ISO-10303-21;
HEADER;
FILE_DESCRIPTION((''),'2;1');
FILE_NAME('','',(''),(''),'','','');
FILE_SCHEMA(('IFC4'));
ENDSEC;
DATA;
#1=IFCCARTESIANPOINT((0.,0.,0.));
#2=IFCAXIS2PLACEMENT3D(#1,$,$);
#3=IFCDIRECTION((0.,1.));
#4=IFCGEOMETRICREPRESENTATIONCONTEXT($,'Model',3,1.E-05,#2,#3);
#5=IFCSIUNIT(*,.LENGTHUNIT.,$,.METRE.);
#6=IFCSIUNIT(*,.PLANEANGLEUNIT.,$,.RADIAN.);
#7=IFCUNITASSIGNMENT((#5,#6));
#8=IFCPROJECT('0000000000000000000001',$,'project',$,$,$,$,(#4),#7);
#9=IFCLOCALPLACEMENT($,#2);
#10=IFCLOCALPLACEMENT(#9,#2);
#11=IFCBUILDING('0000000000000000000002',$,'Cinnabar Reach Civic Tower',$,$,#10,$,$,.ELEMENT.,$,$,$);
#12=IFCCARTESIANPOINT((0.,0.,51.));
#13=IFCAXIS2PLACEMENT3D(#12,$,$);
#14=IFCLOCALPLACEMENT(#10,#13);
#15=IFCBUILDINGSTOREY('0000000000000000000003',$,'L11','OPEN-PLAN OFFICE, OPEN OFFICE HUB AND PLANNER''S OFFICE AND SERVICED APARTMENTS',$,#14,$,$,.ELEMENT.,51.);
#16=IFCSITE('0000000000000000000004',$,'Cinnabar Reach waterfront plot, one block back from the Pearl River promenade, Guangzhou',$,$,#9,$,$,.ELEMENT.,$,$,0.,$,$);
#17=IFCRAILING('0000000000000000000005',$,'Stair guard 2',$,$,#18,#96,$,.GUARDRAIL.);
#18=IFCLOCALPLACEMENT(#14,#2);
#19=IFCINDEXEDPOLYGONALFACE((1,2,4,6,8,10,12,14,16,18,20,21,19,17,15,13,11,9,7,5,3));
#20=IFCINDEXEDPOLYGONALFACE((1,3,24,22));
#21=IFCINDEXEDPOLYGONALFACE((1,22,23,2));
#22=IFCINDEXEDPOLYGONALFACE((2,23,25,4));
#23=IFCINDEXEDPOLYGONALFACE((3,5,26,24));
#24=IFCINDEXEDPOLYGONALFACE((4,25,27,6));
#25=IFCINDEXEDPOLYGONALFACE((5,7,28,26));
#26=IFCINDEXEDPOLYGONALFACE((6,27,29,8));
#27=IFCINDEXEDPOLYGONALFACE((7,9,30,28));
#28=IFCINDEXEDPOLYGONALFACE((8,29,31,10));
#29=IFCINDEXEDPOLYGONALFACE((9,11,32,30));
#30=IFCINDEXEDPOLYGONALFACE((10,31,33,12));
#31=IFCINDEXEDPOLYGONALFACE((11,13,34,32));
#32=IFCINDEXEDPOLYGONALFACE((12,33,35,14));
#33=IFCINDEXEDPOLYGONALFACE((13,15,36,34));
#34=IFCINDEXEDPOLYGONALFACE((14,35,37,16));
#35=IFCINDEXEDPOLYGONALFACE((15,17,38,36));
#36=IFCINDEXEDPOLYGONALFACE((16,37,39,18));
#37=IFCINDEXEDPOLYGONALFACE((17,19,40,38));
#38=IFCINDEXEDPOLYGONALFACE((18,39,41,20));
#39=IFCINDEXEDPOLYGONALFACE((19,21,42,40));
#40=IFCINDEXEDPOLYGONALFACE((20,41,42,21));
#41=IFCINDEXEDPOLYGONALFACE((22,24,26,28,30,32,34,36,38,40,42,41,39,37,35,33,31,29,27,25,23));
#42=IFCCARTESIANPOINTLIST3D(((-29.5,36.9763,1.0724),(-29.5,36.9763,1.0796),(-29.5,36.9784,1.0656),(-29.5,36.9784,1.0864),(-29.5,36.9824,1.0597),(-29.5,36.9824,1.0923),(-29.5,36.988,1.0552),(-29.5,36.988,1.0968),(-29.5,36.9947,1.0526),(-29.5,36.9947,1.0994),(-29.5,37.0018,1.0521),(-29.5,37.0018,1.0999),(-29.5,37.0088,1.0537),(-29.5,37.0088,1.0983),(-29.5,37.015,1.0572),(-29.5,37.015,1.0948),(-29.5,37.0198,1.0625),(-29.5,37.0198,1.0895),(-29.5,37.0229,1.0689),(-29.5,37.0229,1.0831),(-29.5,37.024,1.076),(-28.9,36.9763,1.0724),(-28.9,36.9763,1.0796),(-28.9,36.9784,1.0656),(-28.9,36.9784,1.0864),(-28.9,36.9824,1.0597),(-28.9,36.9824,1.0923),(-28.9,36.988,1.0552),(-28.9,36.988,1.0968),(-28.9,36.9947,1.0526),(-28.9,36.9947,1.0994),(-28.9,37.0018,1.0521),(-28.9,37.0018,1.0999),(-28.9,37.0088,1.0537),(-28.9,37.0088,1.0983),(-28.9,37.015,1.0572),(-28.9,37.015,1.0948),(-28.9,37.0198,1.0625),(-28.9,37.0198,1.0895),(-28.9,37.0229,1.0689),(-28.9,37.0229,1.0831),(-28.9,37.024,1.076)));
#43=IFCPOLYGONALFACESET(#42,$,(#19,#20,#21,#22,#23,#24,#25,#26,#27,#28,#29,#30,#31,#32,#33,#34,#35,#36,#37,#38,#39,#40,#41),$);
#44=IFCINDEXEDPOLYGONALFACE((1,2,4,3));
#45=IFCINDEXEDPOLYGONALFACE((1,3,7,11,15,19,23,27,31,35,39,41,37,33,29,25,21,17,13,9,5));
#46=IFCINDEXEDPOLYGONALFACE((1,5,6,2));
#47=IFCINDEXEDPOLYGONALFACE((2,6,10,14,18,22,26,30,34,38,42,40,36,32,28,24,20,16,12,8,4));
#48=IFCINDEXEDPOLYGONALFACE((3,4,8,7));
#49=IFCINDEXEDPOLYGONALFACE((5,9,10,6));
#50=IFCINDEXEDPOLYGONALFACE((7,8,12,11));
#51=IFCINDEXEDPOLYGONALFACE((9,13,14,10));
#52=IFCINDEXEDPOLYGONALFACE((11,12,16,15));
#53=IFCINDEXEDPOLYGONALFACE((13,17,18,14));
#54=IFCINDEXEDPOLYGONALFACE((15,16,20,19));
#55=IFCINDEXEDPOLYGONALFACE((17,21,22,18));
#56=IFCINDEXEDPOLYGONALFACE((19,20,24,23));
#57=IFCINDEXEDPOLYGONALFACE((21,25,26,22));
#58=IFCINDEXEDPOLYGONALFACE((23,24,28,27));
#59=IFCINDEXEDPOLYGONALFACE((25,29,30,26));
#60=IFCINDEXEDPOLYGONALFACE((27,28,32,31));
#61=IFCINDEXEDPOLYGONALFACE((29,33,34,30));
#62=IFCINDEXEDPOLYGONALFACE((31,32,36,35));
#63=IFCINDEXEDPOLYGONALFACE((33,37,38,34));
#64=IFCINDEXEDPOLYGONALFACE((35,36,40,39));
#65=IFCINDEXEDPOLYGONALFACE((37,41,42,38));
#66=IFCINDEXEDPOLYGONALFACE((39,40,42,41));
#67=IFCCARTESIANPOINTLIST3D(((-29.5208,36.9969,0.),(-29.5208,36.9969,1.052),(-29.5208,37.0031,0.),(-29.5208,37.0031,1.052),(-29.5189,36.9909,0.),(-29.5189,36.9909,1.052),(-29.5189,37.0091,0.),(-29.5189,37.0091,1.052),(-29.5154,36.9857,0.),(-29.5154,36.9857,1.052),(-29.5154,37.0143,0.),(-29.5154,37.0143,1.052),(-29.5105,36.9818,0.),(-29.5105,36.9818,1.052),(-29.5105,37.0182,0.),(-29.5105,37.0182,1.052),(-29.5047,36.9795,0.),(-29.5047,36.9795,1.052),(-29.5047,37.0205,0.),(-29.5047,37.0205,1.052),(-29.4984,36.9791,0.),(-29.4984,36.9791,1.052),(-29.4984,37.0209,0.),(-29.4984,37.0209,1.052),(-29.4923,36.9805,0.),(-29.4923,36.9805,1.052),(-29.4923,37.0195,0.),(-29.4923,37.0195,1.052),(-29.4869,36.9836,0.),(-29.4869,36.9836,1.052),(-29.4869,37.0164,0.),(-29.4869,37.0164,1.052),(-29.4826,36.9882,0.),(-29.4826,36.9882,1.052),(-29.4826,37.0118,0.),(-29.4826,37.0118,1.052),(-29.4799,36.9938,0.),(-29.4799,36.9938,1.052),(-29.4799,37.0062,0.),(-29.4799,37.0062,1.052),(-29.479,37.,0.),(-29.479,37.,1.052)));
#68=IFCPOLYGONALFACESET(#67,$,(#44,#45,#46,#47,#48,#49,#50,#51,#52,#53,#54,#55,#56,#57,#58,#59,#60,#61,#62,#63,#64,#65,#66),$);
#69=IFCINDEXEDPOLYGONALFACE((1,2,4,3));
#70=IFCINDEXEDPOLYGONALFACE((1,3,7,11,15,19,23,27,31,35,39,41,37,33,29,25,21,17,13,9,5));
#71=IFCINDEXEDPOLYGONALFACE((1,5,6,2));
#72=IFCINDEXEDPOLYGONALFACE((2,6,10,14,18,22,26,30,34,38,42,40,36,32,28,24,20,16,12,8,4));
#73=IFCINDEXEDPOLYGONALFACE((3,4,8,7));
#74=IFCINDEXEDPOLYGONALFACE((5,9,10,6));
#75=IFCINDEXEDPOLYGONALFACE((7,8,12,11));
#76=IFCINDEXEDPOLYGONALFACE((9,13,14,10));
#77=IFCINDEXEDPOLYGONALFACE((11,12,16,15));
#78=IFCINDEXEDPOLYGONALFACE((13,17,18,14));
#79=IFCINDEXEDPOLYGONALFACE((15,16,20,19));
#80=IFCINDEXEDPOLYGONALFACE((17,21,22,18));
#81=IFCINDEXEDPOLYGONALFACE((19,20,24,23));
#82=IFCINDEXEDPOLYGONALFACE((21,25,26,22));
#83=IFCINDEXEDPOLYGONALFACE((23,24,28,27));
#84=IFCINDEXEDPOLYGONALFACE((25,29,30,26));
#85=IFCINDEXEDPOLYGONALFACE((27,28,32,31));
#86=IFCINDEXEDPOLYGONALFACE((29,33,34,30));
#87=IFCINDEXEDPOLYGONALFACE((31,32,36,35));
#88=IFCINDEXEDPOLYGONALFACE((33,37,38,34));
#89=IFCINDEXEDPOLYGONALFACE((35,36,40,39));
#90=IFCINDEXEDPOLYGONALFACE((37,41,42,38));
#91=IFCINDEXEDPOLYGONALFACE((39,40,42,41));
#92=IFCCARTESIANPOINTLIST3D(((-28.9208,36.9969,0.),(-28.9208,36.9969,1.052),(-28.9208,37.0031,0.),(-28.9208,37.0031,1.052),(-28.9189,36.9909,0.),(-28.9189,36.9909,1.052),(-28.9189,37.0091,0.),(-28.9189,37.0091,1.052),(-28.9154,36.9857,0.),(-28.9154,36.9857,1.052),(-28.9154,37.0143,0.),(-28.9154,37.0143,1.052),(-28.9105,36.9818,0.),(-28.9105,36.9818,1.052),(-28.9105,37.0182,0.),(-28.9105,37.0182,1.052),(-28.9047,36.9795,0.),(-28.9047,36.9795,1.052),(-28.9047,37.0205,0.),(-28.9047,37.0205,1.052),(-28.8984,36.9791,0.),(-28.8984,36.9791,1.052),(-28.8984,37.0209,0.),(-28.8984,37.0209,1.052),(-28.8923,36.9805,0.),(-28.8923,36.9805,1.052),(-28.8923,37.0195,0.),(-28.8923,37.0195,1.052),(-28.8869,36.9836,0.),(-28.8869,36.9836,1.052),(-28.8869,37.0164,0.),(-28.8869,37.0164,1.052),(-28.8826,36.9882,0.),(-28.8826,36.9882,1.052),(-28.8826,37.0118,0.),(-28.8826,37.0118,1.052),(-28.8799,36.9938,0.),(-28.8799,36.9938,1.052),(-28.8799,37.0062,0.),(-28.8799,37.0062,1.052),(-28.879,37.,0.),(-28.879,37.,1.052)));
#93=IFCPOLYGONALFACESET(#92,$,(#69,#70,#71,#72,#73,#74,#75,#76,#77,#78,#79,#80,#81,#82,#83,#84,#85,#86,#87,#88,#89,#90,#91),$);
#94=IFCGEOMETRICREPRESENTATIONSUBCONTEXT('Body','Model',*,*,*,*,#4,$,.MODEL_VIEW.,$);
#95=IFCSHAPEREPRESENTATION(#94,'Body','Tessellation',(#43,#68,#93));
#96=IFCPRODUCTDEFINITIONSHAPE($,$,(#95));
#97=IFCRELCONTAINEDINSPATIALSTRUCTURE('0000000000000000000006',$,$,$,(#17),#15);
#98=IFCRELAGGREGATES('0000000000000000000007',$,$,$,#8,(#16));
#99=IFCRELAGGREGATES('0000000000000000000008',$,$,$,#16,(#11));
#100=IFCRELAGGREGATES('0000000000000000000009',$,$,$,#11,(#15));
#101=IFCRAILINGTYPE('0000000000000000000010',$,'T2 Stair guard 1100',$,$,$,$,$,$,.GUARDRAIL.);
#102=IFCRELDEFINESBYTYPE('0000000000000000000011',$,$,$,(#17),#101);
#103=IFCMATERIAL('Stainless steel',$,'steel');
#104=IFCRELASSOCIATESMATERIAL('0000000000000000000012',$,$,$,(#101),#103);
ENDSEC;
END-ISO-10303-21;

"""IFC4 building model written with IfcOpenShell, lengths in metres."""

from ifc_helpers import new_model, si_unit, direction, frame, origin, origin_2d, place, context, subcontext, project, spatial, circle, extrude, material, type_object, element, save


model = new_model("IFC4")

# Units and contexts
model_context = context("Model", 3, precision=1e-05, world=origin(), true_north=direction((0.0, 1.0)))
body_context = subcontext(model_context, "Body", "Model", "MODEL_VIEW")
ifc_project = project(units=[si_unit("LENGTHUNIT", "METRE"), si_unit("PLANEANGLEUNIT", "RADIAN")], contexts=[model_context])

# Site, building, storey
site_placement = place(None, origin())
site = spatial("IfcSite", under=ifc_project, at=site_placement, Name="Cinnabar Reach waterfront plot, one block back from the Pearl River promenade, Guangzhou", CompositionType="ELEMENT", RefElevation=0.0)
building_placement = place(site_placement, origin())
building = spatial("IfcBuilding", under=site, at=building_placement, Name="Cinnabar Reach Civic Tower", CompositionType="ELEMENT")
storey_placement = place(building_placement, frame((0.0, 0.0, 51.0)))
storey = spatial("IfcBuildingStorey", under=building, at=storey_placement, Name="L11", Description="OPEN-PLAN OFFICE, OPEN OFFICE HUB AND PLANNER'S OFFICE AND SERVICED APARTMENTS", CompositionType="ELEMENT", Elevation=51.0)

# Railing
ifc_material_1 = material(Name="Stainless steel", Category="steel")
railing_type = type_object("IfcRailingType", Name="T2 Stair guard 1100", PredefinedType="GUARDRAIL", material=ifc_material_1)
railing_1_placement = place(storey_placement, frame((-29.5, 37.0, 0.0)))
element("IfcRailing", 1, at=railing_1_placement, inside=storey, type_object=railing_type, Name="Stair guard 2", PredefinedType="GUARDRAIL", context=body_context, shape_type="SweptSolid", body=[
    extrude(circle(Radius=0.024, at=origin_2d()), frame((0.0, 0.0, 1.076), z_axis=(1.0, 0.0, 0.0), x_axis=(0.0, 1.0, 0.0)), (0.0, 0.0, 1.0), 0.6),
    extrude(circle(Radius=0.021, at=origin_2d()), origin(), (0.0, 0.0, 1.0), 1.052),
    extrude(circle(Radius=0.021, at=origin_2d()), frame((0.6, 0.0, 0.0)), (0.0, 0.0, 1.0), 1.052),
])

save(model, "model.ifc")
